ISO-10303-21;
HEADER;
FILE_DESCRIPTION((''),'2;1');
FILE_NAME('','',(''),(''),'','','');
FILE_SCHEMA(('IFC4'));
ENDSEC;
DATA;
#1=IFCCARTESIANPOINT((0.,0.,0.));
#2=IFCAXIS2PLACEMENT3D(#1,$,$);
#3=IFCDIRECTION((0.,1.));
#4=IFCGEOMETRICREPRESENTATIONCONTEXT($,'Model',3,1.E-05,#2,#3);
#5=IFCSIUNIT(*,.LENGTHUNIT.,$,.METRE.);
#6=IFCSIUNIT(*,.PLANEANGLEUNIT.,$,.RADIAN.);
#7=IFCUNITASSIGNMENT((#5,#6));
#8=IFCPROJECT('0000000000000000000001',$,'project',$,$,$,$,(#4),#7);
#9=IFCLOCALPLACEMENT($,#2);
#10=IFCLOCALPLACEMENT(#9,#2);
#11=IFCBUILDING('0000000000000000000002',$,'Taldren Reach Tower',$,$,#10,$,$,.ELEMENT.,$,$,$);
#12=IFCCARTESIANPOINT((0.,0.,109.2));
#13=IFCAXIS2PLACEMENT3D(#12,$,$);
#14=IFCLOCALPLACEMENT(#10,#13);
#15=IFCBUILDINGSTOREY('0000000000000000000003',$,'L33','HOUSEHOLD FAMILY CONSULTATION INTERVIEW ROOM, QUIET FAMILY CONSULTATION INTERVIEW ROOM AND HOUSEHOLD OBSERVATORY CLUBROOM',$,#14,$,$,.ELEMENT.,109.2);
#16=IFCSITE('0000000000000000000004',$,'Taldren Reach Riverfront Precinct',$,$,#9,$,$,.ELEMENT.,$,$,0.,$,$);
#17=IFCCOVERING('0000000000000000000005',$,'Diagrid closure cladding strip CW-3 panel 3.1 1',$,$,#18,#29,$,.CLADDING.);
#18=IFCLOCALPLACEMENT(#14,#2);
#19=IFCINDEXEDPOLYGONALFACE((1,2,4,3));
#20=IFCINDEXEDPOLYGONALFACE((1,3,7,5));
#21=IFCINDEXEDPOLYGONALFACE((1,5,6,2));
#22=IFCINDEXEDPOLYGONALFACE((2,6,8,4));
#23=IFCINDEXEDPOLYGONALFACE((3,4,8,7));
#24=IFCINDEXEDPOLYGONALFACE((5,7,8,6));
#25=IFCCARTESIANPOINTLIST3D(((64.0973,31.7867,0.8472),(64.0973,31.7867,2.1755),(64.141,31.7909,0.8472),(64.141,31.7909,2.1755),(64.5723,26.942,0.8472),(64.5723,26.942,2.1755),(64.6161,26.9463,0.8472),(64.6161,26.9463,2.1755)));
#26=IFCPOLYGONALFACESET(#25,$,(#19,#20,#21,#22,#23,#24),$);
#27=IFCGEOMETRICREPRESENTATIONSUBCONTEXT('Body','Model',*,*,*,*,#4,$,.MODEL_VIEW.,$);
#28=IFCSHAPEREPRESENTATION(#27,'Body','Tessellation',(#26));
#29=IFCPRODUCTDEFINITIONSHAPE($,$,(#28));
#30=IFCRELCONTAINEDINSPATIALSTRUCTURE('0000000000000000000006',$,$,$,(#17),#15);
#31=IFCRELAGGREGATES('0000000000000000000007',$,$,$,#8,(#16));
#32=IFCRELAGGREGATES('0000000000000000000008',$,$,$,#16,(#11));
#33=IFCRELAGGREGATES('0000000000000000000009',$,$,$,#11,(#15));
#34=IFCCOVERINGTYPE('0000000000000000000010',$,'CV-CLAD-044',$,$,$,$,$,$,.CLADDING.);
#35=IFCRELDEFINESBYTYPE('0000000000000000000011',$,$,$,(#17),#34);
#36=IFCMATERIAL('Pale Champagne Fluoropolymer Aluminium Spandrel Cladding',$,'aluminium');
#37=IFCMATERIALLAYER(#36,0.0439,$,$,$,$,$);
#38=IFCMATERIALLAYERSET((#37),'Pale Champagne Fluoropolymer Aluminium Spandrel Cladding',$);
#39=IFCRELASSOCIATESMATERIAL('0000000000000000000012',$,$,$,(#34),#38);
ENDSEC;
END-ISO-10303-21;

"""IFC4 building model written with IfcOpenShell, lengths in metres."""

from ifc_helpers import new_model, si_unit, direction, frame, origin, origin_2d, place, context, subcontext, project, spatial, rectangle, extrude, source, transform, mapped, material, layer, layer_set, type_object, element, save


model = new_model("IFC4")

# Units and contexts
model_context = context("Model", 3, precision=1e-05, world=origin(), true_north=direction((0.0, 1.0)))
body_context = subcontext(model_context, "Body", "Model", "MODEL_VIEW")
ifc_project = project(units=[si_unit("LENGTHUNIT", "METRE"), si_unit("PLANEANGLEUNIT", "RADIAN")], contexts=[model_context])

# Site, building, storey
site_placement = place(None, origin())
site = spatial("IfcSite", under=ifc_project, at=site_placement, Name="Taldren Reach Riverfront Precinct", CompositionType="ELEMENT", RefElevation=0.0)
building_placement = place(site_placement, origin())
building = spatial("IfcBuilding", under=site, at=building_placement, Name="Taldren Reach Tower", CompositionType="ELEMENT")
storey_placement = place(building_placement, frame((0.0, 0.0, 109.2)))
storey = spatial("IfcBuildingStorey", under=building, at=storey_placement, Name="L33", Description="HOUSEHOLD FAMILY CONSULTATION INTERVIEW ROOM, QUIET FAMILY CONSULTATION INTERVIEW ROOM AND HOUSEHOLD OBSERVATORY CLUBROOM", CompositionType="ELEMENT", Elevation=109.2)

# Covering
ifc_material_1 = material(Name="Pale Champagne Fluoropolymer Aluminium Spandrel Cladding", Category="aluminium")
ifc_layer_1 = layer(ifc_material_1, 0.0439)
ifc_layer_set_1 = layer_set([ifc_layer_1], Name="Pale Champagne Fluoropolymer Aluminium Spandrel Cladding")
covering_type = type_object("IfcCoveringType", Name="CV-CLAD-044", PredefinedType="CLADDING", material=ifc_layer_set_1)
shared_shape_1 = source(origin(), body_context, "Body", "SweptSolid", [
    extrude(rectangle(XDim=4.8679, YDim=0.0439, at=origin_2d()), origin(), (0.0, 0.0, 1.0), 1.3284),
])
covering_1_placement = place(storey_placement, frame((64.3567, 29.3665, 0.8472), z_axis=(0.0, 0.0, 1.0), x_axis=(-0.097583, 0.995227, 0.0)))
element("IfcCovering", 1, at=covering_1_placement, inside=storey, type_object=covering_type, Name="Diagrid closure cladding strip CW-3 panel 3.1 1", PredefinedType="CLADDING", context=body_context, shape_type="MappedRepresentation", body=[
    mapped(shared_shape_1, transform((0.0, 0.0, 0.0), scale=1.0)),
])

save(model, "model.ifc")
